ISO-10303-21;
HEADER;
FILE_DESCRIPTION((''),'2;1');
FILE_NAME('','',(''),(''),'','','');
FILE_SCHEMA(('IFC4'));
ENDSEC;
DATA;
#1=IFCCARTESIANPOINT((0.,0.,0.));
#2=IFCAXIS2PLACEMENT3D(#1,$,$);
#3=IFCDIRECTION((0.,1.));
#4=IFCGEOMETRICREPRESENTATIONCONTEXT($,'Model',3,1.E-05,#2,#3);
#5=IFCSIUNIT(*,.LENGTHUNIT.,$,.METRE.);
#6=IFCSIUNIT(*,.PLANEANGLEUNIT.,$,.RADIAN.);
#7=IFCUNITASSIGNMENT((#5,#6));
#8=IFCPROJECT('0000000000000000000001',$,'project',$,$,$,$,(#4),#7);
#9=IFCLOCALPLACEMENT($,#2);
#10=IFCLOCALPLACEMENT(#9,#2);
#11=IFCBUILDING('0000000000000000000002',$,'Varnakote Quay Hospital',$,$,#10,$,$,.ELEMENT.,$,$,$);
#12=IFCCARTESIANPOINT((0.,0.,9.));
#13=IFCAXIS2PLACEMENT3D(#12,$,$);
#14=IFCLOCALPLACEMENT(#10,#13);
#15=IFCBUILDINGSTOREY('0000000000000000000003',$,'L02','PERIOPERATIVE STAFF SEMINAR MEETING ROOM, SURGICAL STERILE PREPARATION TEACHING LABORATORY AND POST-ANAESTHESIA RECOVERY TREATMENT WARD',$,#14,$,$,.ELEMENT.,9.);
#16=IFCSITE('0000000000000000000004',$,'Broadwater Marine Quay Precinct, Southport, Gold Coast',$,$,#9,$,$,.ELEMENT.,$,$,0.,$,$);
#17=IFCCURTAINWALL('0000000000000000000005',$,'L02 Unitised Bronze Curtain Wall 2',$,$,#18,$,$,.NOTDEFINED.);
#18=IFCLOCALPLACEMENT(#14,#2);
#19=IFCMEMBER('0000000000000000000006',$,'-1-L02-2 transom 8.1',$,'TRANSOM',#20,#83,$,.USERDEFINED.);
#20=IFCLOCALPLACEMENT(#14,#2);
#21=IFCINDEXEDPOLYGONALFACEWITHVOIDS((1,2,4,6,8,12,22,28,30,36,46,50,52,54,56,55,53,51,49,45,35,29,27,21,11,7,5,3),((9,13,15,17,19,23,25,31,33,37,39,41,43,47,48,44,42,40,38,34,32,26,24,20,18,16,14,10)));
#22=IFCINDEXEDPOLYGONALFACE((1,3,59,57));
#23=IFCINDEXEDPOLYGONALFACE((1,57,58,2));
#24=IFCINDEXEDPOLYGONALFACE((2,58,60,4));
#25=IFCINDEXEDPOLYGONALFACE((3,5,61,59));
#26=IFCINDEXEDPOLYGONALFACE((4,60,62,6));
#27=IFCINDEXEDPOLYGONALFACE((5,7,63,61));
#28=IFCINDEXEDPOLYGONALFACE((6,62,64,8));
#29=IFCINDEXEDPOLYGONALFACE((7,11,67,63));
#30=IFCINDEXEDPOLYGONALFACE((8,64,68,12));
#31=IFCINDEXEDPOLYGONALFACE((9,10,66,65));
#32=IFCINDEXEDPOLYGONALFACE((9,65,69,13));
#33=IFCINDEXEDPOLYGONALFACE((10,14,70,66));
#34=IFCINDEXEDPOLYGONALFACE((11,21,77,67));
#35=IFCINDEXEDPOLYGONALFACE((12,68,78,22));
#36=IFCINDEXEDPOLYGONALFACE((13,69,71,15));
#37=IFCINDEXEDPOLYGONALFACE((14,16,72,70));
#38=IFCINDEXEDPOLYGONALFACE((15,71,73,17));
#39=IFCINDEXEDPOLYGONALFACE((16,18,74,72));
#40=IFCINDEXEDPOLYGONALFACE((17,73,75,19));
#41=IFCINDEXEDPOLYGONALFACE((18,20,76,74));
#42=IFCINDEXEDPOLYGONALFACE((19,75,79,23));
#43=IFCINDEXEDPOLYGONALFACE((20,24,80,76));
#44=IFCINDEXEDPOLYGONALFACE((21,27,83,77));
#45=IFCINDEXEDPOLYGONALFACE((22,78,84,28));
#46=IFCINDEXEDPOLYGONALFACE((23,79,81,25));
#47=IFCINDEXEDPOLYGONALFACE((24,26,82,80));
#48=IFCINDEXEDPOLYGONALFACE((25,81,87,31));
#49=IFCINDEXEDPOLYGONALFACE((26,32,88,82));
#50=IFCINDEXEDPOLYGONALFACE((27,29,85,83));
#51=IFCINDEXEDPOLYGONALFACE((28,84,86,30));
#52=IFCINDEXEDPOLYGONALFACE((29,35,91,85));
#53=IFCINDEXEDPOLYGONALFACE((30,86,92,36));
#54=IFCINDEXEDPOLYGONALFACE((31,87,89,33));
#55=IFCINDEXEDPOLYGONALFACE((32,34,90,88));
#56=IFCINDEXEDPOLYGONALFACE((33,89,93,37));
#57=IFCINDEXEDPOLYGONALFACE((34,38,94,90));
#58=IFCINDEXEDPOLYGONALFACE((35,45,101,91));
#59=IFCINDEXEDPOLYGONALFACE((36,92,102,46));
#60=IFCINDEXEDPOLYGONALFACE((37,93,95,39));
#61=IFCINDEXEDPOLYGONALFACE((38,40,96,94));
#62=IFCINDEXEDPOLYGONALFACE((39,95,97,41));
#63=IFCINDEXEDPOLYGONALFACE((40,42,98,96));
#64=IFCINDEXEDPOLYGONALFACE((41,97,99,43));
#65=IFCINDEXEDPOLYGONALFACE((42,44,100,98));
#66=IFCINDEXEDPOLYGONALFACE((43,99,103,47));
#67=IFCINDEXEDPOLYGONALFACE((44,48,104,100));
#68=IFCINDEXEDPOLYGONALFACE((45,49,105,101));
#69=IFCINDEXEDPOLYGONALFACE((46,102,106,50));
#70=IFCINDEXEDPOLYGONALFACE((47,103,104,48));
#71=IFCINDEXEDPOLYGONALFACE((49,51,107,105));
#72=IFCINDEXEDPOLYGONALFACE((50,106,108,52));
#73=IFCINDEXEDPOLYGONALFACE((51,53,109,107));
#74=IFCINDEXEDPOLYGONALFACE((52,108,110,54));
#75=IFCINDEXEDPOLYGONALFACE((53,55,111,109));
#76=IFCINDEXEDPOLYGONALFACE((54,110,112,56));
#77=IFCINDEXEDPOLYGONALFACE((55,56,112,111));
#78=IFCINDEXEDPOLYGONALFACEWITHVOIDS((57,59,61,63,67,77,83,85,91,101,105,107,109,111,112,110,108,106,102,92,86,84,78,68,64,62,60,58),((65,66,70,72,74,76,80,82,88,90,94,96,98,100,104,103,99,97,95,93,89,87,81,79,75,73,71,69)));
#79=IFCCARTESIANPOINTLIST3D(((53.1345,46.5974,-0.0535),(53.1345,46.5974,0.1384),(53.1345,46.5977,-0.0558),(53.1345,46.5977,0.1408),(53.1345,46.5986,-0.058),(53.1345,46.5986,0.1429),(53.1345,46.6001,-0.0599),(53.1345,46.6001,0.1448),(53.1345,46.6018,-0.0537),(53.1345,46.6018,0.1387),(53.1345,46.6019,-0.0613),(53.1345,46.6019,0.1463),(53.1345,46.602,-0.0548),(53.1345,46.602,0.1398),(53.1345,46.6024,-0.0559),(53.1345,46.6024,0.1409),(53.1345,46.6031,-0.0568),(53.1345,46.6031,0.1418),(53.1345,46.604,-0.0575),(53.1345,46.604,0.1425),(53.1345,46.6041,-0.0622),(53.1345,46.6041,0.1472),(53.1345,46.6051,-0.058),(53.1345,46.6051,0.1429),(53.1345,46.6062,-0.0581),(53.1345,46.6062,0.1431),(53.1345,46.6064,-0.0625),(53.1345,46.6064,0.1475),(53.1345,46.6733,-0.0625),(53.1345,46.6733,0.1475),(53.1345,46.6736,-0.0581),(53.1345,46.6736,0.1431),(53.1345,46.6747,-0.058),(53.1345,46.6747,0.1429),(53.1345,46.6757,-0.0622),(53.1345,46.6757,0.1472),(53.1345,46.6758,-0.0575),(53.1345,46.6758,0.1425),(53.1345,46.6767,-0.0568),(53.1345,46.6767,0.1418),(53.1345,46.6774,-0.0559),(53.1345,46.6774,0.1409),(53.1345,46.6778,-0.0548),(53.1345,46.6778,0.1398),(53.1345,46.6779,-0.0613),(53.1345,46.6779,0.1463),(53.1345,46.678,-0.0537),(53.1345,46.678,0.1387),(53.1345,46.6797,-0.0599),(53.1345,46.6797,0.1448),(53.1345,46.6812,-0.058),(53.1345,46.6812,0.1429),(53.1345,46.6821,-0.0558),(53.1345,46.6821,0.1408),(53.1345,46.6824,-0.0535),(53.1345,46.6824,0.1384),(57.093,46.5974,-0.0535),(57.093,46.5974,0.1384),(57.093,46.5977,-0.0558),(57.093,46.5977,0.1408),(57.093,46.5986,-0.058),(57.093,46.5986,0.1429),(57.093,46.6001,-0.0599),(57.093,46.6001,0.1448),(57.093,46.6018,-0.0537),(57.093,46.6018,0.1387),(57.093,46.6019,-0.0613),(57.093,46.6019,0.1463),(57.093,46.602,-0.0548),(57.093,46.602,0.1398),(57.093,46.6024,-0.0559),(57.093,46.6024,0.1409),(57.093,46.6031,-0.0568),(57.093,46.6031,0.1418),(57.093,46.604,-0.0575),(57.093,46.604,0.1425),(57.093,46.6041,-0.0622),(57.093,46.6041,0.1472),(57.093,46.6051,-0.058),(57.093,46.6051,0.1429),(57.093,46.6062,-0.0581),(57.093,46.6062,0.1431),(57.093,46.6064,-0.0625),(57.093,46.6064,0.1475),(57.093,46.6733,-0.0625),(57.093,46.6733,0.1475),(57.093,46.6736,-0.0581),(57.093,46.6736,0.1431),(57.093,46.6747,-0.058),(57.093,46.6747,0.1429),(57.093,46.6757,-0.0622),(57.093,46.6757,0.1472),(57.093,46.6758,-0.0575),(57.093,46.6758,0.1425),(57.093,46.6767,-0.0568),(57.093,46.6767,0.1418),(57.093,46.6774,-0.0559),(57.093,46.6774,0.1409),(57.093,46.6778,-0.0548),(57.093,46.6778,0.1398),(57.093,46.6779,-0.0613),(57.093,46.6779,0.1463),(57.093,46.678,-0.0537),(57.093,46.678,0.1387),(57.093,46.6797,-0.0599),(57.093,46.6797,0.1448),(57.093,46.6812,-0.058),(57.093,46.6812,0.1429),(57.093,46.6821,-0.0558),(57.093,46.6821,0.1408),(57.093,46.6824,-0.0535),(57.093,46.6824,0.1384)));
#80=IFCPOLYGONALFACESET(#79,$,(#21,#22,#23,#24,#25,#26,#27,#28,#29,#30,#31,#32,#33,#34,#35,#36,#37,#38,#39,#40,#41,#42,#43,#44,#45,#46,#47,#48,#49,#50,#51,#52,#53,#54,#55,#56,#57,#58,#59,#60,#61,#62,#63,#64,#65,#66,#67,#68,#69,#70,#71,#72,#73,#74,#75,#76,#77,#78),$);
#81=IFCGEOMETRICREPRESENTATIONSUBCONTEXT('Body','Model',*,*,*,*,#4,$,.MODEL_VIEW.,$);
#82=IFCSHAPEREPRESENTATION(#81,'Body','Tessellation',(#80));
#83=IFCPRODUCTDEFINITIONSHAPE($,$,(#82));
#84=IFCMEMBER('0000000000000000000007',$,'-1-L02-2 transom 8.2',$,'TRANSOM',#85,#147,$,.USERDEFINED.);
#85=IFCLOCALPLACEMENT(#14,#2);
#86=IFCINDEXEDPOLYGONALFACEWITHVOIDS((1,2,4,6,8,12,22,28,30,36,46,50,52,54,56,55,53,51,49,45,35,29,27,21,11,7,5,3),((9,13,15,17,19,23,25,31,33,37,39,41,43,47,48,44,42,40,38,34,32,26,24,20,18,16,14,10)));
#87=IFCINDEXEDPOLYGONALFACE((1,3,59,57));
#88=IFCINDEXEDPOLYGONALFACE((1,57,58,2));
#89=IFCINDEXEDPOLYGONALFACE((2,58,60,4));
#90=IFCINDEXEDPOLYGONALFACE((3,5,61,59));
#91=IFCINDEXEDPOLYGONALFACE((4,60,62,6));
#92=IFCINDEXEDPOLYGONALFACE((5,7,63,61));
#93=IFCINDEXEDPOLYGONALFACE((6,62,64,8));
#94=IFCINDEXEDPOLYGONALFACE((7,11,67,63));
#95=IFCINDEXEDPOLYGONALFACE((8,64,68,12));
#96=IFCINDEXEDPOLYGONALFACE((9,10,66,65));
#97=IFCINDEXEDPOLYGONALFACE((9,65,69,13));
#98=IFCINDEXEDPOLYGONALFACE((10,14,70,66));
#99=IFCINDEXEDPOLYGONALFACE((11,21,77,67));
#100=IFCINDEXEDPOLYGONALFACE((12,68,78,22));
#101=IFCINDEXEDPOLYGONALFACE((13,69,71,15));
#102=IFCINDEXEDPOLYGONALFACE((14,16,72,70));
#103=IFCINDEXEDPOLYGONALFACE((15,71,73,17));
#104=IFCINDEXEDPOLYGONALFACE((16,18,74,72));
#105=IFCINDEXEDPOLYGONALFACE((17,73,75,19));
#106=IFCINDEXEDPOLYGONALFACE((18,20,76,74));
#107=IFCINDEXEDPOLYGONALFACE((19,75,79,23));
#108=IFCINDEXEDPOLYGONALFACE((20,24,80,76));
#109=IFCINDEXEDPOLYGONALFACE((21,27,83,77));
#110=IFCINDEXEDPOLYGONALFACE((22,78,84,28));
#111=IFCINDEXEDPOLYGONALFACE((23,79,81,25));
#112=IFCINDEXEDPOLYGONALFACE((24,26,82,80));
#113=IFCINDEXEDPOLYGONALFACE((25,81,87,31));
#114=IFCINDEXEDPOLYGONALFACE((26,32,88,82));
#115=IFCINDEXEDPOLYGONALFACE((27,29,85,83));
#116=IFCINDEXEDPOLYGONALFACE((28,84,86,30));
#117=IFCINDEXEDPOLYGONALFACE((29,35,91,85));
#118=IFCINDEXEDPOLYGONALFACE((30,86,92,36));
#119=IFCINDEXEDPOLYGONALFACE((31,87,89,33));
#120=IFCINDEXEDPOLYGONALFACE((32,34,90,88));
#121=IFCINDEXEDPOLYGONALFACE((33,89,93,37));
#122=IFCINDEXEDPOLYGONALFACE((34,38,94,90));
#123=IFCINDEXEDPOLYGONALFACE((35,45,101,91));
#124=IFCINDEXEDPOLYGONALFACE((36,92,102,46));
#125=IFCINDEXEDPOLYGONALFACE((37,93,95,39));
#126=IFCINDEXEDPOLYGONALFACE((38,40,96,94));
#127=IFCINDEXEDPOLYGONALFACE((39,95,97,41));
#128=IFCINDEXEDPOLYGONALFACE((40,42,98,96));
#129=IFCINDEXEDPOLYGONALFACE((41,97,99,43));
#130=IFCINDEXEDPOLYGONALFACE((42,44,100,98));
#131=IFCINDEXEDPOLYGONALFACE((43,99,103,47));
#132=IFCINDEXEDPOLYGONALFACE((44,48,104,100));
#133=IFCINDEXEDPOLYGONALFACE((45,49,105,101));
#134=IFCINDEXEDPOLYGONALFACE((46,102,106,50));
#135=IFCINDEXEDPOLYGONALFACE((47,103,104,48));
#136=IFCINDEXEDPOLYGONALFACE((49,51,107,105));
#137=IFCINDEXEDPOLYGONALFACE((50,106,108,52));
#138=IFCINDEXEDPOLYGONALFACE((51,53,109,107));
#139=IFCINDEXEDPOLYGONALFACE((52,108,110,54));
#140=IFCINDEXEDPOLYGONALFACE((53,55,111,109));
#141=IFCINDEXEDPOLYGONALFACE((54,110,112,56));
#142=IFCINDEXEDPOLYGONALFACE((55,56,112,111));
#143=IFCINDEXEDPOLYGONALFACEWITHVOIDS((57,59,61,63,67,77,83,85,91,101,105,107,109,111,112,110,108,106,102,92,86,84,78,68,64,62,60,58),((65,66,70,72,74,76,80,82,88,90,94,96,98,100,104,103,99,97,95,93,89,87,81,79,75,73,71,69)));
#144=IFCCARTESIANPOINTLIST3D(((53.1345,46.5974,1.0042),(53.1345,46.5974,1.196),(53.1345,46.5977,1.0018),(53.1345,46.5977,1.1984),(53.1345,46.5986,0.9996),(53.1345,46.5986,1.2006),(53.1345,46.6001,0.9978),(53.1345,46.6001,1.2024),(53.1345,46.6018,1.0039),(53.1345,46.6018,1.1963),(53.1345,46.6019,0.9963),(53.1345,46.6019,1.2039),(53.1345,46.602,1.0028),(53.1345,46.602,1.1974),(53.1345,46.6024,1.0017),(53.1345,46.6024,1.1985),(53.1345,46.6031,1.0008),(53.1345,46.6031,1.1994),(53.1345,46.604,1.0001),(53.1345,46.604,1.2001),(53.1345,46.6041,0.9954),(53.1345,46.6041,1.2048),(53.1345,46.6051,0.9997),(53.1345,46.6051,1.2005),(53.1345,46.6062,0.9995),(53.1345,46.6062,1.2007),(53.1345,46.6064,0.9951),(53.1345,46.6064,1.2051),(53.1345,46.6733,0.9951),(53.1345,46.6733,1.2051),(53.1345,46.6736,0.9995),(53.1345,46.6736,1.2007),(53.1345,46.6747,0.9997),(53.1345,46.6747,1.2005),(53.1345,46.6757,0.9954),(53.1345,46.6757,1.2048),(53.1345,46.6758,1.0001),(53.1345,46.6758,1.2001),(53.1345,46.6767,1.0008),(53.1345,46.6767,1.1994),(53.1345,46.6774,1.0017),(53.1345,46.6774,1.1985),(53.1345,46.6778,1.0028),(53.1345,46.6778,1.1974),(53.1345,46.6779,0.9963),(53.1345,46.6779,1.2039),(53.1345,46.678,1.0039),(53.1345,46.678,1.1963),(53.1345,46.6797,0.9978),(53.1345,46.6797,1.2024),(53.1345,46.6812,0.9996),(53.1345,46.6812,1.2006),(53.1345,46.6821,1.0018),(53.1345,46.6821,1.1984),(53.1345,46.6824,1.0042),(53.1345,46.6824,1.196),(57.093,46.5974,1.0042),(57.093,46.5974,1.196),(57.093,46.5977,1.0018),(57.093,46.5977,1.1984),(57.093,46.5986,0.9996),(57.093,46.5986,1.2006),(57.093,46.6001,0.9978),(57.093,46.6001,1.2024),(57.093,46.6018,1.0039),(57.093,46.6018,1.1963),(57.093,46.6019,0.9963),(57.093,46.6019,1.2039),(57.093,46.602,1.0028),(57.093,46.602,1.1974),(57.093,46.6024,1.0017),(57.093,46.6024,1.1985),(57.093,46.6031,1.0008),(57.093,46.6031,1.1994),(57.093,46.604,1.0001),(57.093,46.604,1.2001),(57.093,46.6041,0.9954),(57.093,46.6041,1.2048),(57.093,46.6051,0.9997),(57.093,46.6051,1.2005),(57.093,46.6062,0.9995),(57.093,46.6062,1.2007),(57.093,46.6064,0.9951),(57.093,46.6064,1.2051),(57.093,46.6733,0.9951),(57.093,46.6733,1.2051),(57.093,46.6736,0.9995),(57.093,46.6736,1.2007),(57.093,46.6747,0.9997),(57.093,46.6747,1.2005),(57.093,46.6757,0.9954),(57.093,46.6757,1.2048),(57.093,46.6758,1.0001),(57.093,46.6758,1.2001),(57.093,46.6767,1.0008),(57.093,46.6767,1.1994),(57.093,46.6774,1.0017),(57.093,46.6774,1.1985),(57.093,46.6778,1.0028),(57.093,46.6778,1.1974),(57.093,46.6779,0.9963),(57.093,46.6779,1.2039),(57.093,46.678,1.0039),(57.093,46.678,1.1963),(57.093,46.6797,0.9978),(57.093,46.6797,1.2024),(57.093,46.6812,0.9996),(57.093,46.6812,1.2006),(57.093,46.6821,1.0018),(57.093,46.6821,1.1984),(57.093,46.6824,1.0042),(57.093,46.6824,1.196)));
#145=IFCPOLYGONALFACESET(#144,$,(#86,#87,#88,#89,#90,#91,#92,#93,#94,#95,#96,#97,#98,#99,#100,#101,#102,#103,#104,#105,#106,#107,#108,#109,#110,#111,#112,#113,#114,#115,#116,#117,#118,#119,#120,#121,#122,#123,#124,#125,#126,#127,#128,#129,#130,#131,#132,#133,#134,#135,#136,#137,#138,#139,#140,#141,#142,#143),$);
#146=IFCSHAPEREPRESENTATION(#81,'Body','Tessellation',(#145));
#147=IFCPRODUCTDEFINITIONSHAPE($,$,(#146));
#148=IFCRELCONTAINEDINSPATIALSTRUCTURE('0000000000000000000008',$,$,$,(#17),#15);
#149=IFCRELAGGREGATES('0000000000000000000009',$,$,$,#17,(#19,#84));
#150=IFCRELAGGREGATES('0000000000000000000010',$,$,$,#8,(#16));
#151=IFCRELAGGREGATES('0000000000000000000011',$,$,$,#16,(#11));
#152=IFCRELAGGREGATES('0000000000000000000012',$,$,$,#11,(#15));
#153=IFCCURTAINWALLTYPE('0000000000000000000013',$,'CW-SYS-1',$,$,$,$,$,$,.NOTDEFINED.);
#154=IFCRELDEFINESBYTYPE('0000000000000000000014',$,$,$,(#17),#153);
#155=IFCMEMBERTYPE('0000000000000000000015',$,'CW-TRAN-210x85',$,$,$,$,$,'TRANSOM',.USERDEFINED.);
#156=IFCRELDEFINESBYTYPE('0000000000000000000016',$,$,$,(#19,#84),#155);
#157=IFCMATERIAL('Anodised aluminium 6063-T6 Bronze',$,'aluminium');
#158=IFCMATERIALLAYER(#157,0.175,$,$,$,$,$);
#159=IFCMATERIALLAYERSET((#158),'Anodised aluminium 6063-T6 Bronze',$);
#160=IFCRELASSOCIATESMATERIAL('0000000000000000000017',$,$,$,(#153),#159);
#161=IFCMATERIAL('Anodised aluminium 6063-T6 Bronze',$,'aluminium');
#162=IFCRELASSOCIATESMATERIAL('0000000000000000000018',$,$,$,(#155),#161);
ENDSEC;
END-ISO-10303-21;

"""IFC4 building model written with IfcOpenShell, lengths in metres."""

from ifc_helpers import new_model, si_unit, direction, frame, origin, origin_2d, place, context, subcontext, project, spatial, hollow_rectangle, extrude, material, layer, layer_set, material_profile, profile_set, type_object, element, aggregate, save


model = new_model("IFC4")

# Units and contexts
model_context = context("Model", 3, precision=1e-05, world=origin(), true_north=direction((0.0, 1.0)))
body_context = subcontext(model_context, "Body", "Model", "MODEL_VIEW")
ifc_project = project(units=[si_unit("LENGTHUNIT", "METRE"), si_unit("PLANEANGLEUNIT", "RADIAN")], contexts=[model_context])

# Site, building, storey
site_placement = place(None, origin())
site = spatial("IfcSite", under=ifc_project, at=site_placement, Name="Broadwater Marine Quay Precinct, Southport, Gold Coast", CompositionType="ELEMENT", RefElevation=0.0)
building_placement = place(site_placement, origin())
building = spatial("IfcBuilding", under=site, at=building_placement, Name="Varnakote Quay Hospital", CompositionType="ELEMENT")
storey_placement = place(building_placement, frame((0.0, 0.0, 9.0)))
storey = spatial("IfcBuildingStorey", under=building, at=storey_placement, Name="L02", Description="PERIOPERATIVE STAFF SEMINAR MEETING ROOM, SURGICAL STERILE PREPARATION TEACHING LABORATORY AND POST-ANAESTHESIA RECOVERY TREATMENT WARD", CompositionType="ELEMENT", Elevation=9.0)

# Curtain wall, members
ifc_material_1 = material(Name="Anodised aluminium 6063-T6 Bronze", Category="aluminium")
ifc_layer_1 = layer(ifc_material_1, 0.175)
ifc_layer_set_1 = layer_set([ifc_layer_1], Name="Anodised aluminium 6063-T6 Bronze")
curtain_wall_type = type_object("IfcCurtainWallType", Name="CW-SYS-1", PredefinedType="NOTDEFINED", material=ifc_layer_set_1)
curtain_wall_placement = place(storey_placement, origin())
curtain_wall = element("IfcCurtainWall", 1, at=curtain_wall_placement, inside=storey, type_object=curtain_wall_type, Name="L02 Unitised Bronze Curtain Wall 2", PredefinedType="NOTDEFINED")
ifc_material_2 = material(Name="Anodised aluminium 6063-T6 Bronze", Category="aluminium")
ifc_material_profile_1 = material_profile(ifc_material_2, hollow_rectangle(XDim=0.085, YDim=0.21, WallThickness=0.0044, InnerFilletRadius=0.0044, OuterFilletRadius=0.009, at=origin_2d()), Name="CW-TRAN-210x85")
ifc_profile_set_1 = profile_set([ifc_material_profile_1], Name="Anodised aluminium 6063-T6 Bronze")
member_type_1 = type_object("IfcMemberType", Name="CW-TRAN-210x85", ElementType="TRANSOM", PredefinedType="USERDEFINED", material=ifc_profile_set_1)
member_1_placement = place(storey_placement, frame((57.093, 46.6399, 0.0425), z_axis=(-1.0, 0.0, 0.0), x_axis=(0.0, -1.0, 0.0)))
member_1 = element("IfcMember", 2, at=member_1_placement, type_object=member_type_1, Name="-1-L02-2 transom 8.1", ObjectType="TRANSOM", PredefinedType="USERDEFINED", context=body_context, shape_type="SweptSolid", body=[
    extrude(hollow_rectangle(XDim=0.085, YDim=0.21, WallThickness=0.0044, InnerFilletRadius=0.0044, OuterFilletRadius=0.009, at=origin_2d()), origin(), (0.0, 0.0, 1.0), 3.9585),
])
member_2_placement = place(storey_placement, frame((57.093, 46.6399, 1.1001), z_axis=(-1.0, 0.0, 0.0), x_axis=(0.0, -1.0, 0.0)))
member_2 = element("IfcMember", 3, at=member_2_placement, type_object=member_type_1, Name="-1-L02-2 transom 8.2", ObjectType="TRANSOM", PredefinedType="USERDEFINED", context=body_context, shape_type="SweptSolid", body=[
    extrude(hollow_rectangle(XDim=0.085, YDim=0.21, WallThickness=0.0044, InnerFilletRadius=0.0044, OuterFilletRadius=0.009, at=origin_2d()), origin(), (0.0, 0.0, 1.0), 3.9585),
])

aggregate(curtain_wall, [member_1, member_2])

save(model, "model.ifc")
